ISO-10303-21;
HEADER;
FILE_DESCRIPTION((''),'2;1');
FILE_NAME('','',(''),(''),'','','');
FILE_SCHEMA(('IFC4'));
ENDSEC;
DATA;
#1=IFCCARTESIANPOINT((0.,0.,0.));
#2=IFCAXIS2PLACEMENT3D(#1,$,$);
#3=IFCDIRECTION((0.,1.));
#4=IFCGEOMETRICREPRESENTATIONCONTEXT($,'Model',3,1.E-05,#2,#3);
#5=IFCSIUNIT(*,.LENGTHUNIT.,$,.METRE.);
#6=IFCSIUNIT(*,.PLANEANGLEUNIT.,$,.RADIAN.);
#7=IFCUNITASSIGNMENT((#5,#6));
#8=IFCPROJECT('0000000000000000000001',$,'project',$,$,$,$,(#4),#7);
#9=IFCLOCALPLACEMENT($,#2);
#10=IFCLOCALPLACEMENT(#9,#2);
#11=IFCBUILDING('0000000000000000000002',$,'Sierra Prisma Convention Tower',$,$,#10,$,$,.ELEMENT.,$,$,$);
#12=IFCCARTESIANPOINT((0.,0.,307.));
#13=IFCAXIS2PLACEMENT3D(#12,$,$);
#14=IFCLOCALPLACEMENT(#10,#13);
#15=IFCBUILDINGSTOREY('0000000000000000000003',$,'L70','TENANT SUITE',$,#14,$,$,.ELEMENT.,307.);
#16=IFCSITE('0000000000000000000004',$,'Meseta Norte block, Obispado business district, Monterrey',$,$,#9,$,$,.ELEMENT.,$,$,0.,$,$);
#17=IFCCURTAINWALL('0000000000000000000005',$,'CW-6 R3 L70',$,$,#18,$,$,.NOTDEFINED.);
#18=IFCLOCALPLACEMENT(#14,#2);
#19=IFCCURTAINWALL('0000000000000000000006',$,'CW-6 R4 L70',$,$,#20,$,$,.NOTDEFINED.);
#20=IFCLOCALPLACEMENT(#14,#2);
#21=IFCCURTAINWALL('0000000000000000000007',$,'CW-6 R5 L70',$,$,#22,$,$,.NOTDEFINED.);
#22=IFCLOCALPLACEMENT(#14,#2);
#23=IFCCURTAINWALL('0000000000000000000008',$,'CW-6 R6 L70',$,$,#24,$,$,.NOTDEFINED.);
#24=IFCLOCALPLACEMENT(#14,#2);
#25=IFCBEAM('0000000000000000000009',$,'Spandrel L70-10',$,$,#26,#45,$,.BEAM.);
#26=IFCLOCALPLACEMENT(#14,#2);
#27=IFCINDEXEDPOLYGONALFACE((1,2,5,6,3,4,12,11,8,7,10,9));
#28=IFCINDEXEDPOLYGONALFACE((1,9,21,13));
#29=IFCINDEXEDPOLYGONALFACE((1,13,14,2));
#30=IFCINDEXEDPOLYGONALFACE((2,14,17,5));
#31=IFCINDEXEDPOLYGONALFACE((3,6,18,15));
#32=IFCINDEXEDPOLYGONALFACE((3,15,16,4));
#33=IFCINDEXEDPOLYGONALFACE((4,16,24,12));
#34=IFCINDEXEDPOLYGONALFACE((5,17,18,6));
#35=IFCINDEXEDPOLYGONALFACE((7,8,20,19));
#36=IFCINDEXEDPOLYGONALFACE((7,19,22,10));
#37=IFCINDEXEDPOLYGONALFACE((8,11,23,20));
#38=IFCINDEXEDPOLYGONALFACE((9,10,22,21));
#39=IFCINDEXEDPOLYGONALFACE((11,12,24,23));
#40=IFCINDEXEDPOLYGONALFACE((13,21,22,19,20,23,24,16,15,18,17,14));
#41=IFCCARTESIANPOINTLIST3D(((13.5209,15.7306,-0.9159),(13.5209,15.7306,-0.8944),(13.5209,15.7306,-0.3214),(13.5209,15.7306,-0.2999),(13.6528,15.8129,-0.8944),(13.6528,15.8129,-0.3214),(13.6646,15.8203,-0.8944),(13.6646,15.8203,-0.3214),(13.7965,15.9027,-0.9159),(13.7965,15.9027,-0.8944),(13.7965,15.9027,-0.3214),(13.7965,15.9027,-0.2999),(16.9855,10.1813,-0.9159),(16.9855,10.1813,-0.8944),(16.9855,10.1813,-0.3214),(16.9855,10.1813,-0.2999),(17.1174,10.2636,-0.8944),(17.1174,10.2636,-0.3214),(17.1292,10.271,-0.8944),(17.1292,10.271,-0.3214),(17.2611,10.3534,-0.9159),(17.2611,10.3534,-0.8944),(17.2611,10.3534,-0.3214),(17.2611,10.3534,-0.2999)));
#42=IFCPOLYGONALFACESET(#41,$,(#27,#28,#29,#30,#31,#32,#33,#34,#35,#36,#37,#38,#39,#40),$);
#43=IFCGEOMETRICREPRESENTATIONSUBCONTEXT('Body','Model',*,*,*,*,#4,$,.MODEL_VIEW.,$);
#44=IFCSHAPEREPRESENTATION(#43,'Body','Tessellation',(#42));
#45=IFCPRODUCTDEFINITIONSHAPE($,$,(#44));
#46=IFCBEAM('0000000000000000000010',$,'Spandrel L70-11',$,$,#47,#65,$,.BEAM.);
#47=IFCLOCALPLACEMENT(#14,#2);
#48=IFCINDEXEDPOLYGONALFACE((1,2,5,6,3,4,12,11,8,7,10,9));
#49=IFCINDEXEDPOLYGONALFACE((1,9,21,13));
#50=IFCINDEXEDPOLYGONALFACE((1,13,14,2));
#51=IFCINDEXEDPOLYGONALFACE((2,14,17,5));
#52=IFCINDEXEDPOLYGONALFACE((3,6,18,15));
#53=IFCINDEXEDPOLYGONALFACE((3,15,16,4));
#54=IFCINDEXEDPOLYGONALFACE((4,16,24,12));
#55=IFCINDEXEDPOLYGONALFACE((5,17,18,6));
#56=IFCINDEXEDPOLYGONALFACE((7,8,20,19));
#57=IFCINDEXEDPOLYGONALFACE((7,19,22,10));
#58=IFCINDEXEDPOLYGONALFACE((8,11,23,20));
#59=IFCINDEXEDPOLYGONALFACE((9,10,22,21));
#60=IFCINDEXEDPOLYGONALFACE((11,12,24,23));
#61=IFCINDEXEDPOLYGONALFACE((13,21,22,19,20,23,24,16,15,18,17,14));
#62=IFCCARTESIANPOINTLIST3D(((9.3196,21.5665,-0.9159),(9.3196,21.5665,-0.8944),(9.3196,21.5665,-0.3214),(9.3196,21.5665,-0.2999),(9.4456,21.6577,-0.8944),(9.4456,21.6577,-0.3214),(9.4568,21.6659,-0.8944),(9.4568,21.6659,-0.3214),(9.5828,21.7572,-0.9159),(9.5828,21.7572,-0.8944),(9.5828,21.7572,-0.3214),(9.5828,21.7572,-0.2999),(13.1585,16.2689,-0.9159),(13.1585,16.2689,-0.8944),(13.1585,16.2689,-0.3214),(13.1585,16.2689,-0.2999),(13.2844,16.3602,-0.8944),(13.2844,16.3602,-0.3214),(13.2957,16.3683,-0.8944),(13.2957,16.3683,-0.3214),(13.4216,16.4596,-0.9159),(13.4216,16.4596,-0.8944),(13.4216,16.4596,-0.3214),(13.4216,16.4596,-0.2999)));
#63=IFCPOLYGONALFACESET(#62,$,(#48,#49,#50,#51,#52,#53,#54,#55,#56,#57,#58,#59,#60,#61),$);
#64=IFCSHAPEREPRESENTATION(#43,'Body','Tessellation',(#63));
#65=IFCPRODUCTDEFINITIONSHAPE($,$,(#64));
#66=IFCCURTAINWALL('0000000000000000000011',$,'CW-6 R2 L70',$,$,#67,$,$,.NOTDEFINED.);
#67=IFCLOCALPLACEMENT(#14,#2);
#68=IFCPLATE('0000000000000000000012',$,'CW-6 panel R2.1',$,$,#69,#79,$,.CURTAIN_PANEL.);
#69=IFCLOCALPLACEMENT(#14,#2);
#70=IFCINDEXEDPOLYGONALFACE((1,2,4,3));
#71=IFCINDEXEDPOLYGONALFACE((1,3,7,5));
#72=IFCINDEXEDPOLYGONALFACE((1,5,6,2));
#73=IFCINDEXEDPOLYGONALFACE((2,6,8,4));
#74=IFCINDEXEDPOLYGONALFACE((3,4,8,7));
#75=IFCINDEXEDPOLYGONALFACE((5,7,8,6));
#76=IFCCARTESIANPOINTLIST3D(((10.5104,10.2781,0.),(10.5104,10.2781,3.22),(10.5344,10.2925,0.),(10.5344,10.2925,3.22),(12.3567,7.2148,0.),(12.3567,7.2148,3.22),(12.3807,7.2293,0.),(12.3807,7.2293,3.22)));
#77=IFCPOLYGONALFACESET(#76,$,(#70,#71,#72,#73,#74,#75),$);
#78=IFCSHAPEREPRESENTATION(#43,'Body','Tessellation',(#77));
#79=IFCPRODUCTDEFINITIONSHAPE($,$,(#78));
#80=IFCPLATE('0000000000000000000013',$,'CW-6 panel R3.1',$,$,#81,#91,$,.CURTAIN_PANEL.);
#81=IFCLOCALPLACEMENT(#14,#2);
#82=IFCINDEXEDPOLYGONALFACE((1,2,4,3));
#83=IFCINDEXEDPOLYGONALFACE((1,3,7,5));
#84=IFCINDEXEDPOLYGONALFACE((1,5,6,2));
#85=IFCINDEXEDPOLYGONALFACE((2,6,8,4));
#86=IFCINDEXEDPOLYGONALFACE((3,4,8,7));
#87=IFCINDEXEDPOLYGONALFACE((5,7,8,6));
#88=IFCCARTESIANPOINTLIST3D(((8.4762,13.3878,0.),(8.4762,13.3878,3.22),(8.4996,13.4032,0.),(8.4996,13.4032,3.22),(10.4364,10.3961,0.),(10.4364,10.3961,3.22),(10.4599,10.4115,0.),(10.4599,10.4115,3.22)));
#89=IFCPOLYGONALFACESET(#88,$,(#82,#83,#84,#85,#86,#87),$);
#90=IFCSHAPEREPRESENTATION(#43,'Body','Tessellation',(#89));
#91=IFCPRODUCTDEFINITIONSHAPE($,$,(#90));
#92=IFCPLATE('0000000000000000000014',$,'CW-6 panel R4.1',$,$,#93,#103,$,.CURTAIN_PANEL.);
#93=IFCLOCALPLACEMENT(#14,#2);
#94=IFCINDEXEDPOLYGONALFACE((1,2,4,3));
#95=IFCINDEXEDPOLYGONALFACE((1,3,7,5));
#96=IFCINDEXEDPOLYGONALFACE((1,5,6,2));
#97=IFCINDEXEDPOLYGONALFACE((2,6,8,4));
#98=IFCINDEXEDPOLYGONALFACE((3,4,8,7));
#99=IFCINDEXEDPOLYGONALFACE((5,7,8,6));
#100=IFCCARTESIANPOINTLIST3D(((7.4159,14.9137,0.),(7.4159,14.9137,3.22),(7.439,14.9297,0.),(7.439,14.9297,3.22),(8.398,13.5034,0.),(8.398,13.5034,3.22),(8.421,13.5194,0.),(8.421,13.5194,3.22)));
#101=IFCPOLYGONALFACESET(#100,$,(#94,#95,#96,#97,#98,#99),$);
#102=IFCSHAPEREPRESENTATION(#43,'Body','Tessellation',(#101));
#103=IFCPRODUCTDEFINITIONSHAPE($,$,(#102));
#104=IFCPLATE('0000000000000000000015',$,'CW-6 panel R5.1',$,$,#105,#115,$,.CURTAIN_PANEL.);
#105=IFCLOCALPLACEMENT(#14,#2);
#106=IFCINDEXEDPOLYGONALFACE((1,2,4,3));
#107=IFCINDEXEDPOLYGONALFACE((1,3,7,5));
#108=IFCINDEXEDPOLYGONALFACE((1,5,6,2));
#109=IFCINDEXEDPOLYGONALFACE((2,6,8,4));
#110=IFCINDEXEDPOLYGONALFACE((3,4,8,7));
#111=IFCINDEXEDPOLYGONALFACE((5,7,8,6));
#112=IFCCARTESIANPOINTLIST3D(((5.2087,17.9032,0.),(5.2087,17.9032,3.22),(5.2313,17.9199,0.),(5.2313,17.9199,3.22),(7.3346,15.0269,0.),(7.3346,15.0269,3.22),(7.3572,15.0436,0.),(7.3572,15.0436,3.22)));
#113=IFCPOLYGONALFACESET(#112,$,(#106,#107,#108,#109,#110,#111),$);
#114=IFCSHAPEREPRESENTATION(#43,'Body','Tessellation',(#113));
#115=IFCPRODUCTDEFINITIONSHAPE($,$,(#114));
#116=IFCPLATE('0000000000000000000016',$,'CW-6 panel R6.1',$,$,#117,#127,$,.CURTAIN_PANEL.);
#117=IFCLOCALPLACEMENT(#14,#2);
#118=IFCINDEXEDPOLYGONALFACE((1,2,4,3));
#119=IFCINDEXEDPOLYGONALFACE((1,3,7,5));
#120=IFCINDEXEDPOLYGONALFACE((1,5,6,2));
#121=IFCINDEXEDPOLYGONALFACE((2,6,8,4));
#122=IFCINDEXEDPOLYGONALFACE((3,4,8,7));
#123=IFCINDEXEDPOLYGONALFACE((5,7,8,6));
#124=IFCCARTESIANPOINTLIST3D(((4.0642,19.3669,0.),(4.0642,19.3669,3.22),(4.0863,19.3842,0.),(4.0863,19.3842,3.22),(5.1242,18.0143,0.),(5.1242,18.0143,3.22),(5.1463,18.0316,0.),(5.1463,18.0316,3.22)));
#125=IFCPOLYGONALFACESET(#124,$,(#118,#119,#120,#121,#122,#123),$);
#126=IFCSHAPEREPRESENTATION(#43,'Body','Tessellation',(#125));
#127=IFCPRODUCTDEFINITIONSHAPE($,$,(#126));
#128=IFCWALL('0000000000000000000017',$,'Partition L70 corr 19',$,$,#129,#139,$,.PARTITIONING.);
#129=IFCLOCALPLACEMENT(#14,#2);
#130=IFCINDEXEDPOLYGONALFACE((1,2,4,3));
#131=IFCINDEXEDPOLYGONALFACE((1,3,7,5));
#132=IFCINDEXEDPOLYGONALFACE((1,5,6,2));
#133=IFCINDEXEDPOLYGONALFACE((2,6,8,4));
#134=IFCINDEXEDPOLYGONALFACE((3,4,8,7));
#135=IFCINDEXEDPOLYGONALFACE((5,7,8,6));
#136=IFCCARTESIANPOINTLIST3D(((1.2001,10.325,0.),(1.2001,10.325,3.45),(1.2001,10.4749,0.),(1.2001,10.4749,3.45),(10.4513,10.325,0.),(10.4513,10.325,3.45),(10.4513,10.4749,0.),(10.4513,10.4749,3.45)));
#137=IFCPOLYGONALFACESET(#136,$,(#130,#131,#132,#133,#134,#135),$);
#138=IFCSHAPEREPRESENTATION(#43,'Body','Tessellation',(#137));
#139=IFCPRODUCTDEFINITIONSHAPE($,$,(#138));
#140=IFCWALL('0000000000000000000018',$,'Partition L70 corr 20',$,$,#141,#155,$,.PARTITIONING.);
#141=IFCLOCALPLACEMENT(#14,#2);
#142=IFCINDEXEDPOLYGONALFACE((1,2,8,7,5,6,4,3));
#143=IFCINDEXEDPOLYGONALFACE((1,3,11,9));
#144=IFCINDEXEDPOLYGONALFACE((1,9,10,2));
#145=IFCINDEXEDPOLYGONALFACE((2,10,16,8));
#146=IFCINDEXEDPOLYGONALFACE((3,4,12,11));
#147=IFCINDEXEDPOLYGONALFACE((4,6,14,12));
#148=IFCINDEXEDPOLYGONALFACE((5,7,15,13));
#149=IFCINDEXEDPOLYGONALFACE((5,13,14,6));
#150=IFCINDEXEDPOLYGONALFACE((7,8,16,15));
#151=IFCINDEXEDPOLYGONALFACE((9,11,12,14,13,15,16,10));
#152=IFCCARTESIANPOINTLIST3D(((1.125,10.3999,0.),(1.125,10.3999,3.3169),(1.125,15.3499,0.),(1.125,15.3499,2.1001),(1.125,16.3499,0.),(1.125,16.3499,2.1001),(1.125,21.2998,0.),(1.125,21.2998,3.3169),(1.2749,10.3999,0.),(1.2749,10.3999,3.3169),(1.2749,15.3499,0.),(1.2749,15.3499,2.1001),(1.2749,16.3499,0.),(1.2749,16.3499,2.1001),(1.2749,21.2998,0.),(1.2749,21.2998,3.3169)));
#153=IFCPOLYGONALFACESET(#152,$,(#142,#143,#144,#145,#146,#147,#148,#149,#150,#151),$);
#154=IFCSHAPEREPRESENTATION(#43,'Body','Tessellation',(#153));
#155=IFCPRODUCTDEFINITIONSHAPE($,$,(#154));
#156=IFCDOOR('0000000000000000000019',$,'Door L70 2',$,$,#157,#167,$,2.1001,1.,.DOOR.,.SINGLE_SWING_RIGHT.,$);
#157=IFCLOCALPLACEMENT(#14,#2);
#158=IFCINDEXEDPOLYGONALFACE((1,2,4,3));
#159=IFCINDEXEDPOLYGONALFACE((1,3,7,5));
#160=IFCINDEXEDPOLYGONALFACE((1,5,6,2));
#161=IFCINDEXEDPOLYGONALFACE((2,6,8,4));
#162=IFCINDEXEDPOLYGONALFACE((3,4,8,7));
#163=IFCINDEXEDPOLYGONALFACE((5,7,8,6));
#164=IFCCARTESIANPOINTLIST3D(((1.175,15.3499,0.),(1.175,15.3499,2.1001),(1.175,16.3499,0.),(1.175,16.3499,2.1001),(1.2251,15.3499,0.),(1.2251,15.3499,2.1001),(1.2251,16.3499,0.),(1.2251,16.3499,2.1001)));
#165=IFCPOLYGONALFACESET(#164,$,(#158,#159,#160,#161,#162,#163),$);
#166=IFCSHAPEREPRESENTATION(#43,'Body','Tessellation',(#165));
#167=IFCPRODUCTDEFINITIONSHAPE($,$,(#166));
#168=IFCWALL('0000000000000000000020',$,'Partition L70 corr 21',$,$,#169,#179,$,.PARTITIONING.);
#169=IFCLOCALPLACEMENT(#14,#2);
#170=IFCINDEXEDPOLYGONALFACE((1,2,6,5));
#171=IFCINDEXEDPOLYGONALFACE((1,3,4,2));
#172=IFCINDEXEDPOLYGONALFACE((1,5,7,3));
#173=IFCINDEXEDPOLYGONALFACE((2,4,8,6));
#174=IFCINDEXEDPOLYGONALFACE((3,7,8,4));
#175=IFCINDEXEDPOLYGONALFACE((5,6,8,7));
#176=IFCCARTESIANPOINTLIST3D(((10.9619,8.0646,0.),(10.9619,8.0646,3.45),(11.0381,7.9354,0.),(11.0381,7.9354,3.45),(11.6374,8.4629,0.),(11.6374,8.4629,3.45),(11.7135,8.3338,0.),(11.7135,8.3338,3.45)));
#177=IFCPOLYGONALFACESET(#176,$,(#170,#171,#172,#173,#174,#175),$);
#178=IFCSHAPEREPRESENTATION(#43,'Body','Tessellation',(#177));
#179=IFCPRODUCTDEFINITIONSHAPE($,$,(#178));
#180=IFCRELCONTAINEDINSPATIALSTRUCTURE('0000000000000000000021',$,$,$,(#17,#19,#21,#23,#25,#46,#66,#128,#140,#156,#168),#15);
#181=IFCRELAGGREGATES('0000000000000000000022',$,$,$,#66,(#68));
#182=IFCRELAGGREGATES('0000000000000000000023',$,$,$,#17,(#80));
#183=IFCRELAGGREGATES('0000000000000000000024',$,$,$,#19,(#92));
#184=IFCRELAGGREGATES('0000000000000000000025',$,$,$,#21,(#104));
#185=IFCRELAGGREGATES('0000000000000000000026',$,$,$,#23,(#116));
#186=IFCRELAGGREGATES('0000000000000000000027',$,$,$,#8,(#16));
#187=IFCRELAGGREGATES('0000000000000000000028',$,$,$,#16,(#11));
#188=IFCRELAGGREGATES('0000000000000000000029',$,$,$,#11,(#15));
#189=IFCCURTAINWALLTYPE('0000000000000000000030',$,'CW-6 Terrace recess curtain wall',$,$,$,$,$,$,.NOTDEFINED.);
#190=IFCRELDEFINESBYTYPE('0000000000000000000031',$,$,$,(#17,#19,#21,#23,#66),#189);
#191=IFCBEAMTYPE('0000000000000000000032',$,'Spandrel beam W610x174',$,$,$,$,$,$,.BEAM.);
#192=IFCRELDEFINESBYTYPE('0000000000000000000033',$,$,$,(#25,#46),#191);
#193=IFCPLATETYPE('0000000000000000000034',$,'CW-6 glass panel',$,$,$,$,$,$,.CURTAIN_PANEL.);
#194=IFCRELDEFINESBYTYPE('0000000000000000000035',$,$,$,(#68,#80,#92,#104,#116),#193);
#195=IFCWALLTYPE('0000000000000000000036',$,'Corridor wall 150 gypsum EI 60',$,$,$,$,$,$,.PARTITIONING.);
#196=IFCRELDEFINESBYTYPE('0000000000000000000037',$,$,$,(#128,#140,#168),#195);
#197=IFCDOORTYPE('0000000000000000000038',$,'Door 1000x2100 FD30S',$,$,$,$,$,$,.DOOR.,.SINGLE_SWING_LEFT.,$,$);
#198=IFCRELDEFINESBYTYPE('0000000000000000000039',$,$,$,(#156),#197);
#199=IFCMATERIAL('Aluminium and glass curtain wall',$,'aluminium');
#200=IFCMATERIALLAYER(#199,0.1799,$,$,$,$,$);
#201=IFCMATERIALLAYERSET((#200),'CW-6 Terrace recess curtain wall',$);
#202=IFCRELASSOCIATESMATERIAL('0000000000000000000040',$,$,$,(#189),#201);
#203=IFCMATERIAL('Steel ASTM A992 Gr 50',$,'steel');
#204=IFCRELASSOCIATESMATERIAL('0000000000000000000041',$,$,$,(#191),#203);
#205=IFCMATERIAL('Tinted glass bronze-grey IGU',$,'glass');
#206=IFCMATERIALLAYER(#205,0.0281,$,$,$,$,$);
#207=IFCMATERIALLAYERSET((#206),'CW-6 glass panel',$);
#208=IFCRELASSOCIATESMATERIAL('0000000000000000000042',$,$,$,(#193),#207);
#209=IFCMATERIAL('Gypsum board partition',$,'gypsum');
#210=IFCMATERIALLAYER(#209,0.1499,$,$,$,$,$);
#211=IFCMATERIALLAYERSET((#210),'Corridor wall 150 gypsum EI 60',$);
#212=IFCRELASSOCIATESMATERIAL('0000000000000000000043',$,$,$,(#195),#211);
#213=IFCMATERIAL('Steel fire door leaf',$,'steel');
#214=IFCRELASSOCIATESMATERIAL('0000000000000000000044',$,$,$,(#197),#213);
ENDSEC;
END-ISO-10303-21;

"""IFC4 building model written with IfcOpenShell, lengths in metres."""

from ifc_helpers import new_model, si_unit, direction, frame, frame_2d, origin, origin_2d, place, context, subcontext, project, spatial, rectangle, i_section, extrude, material, layer, layer_set, material_profile, profile_set, type_object, element, fill, aggregate, save


model = new_model("IFC4")

# Units and contexts
model_context = context("Model", 3, precision=1e-05, world=origin(), true_north=direction((0.0, 1.0)))
body_context = subcontext(model_context, "Body", "Model", "MODEL_VIEW")
ifc_project = project(units=[si_unit("LENGTHUNIT", "METRE"), si_unit("PLANEANGLEUNIT", "RADIAN")], contexts=[model_context])

# Site, building, storey
site_placement = place(None, origin())
site = spatial("IfcSite", under=ifc_project, at=site_placement, Name="Meseta Norte block, Obispado business district, Monterrey", CompositionType="ELEMENT", RefElevation=0.0)
building_placement = place(site_placement, origin())
building = spatial("IfcBuilding", under=site, at=building_placement, Name="Sierra Prisma Convention Tower", CompositionType="ELEMENT")
storey_placement = place(building_placement, frame((0.0, 0.0, 307.0)))
storey = spatial("IfcBuildingStorey", under=building, at=storey_placement, Name="L70", Description="TENANT SUITE", CompositionType="ELEMENT", Elevation=307.0)

# Curtain walls
ifc_material_1 = material(Name="Aluminium and glass curtain wall", Category="aluminium")
ifc_layer_1 = layer(ifc_material_1, 0.1799)
ifc_layer_set_1 = layer_set([ifc_layer_1], Name="CW-6 Terrace recess curtain wall")
curtain_wall_type = type_object("IfcCurtainWallType", Name="CW-6 Terrace recess curtain wall", PredefinedType="NOTDEFINED", material=ifc_layer_set_1)
curtain_wall_1_placement = place(storey_placement, origin())
curtain_wall_1 = element("IfcCurtainWall", 1, at=curtain_wall_1_placement, inside=storey, type_object=curtain_wall_type, Name="CW-6 R3 L70", PredefinedType="NOTDEFINED")
curtain_wall_2_placement = place(storey_placement, origin())
curtain_wall_2 = element("IfcCurtainWall", 2, at=curtain_wall_2_placement, inside=storey, type_object=curtain_wall_type, Name="CW-6 R4 L70", PredefinedType="NOTDEFINED")
curtain_wall_3_placement = place(storey_placement, origin())
curtain_wall_3 = element("IfcCurtainWall", 3, at=curtain_wall_3_placement, inside=storey, type_object=curtain_wall_type, Name="CW-6 R5 L70", PredefinedType="NOTDEFINED")
curtain_wall_4_placement = place(storey_placement, origin())
curtain_wall_4 = element("IfcCurtainWall", 4, at=curtain_wall_4_placement, inside=storey, type_object=curtain_wall_type, Name="CW-6 R6 L70", PredefinedType="NOTDEFINED")

# Beams
ifc_material_2 = material(Name="Steel ASTM A992 Gr 50", Category="steel")
ifc_material_profile_1 = material_profile(ifc_material_2, i_section(OverallWidth=0.325, OverallDepth=0.616, WebThickness=0.0139, FlangeThickness=0.0215, at=origin_2d()), Name="W610x174")
ifc_profile_set_1 = profile_set([ifc_material_profile_1], Name="Steel ASTM A992 Gr 50")
beam_type_1 = type_object("IfcBeamType", Name="Spandrel beam W610x174", PredefinedType="BEAM", material=ifc_profile_set_1)
beam_1_placement = place(storey_placement, frame((17.1233, 10.2673, -0.6079), z_axis=(-0.52959, 0.848254, 0.0), x_axis=(-0.848254, -0.52959, 0.0)))
element("IfcBeam", 5, at=beam_1_placement, inside=storey, type_object=beam_type_1, Name="Spandrel L70-10", PredefinedType="BEAM", context=body_context, shape_type="SweptSolid", body=[
    extrude(i_section(OverallWidth=0.325, OverallDepth=0.616, WebThickness=0.0139, FlangeThickness=0.0215, at=origin_2d()), origin(), (0.0, 0.0, 1.0), 6.542),
])
beam_2_placement = place(storey_placement, frame((13.29, 16.3643, -0.6079), z_axis=(-0.586777, 0.809748, 0.0), x_axis=(-0.809748, -0.586777, 0.0)))
element("IfcBeam", 6, at=beam_2_placement, inside=storey, type_object=beam_type_1, Name="Spandrel L70-11", PredefinedType="BEAM", context=body_context, shape_type="SweptSolid", body=[
    extrude(i_section(OverallWidth=0.325, OverallDepth=0.616, WebThickness=0.0139, FlangeThickness=0.0215, at=origin_2d()), origin(), (0.0, 0.0, 1.0), 6.5422),
])

# Curtain wall, plate
curtain_wall_5_placement = place(storey_placement, origin())
curtain_wall_5 = element("IfcCurtainWall", 7, at=curtain_wall_5_placement, inside=storey, type_object=curtain_wall_type, Name="CW-6 R2 L70", PredefinedType="NOTDEFINED")
ifc_material_3 = material(Name="Tinted glass bronze-grey IGU", Category="glass")
ifc_layer_2 = layer(ifc_material_3, 0.0281)
ifc_layer_set_2 = layer_set([ifc_layer_2], Name="CW-6 glass panel")
plate_type = type_object("IfcPlateType", Name="CW-6 glass panel", PredefinedType="CURTAIN_PANEL", material=ifc_layer_set_2)
plate_1_placement = place(storey_placement, frame((11.4456, 8.7537, 0.0), z_axis=(0.0, 0.0, 1.0), x_axis=(-0.516206, 0.856464, 0.0)))
plate_1 = element("IfcPlate", 8, at=plate_1_placement, type_object=plate_type, Name="CW-6 panel R2.1", PredefinedType="CURTAIN_PANEL", context=body_context, shape_type="SweptSolid", body=[
    extrude(rectangle(XDim=3.5767, YDim=0.0281, at=origin_2d()), origin(), (0.0, 0.0, 1.0), 3.22),
])
aggregate(curtain_wall_5, [plate_1])

# Plates
plate_2_placement = place(storey_placement, frame((9.468, 11.8997, 0.0), z_axis=(0.0, 0.0, 1.0), x_axis=(-0.548065, 0.836436, 0.0)))
plate_2 = element("IfcPlate", 9, at=plate_2_placement, type_object=plate_type, Name="CW-6 panel R3.1", PredefinedType="CURTAIN_PANEL", context=body_context, shape_type="SweptSolid", body=[
    extrude(rectangle(XDim=3.5767, YDim=0.0281, at=origin_2d()), origin(), (0.0, 0.0, 1.0), 3.22),
])
aggregate(curtain_wall_1, [plate_2])
plate_3_placement = place(storey_placement, frame((7.9185, 14.2166, 0.0), z_axis=(0.0, 0.0, 1.0), x_axis=(-0.571452, 0.820635, 0.0)))
plate_3 = element("IfcPlate", 10, at=plate_3_placement, type_object=plate_type, Name="CW-6 panel R4.1", PredefinedType="CURTAIN_PANEL", context=body_context, shape_type="SweptSolid", body=[
    extrude(rectangle(XDim=1.7185, YDim=0.0281, at=origin_2d()), origin(), (0.0, 0.0, 1.0), 3.22),
])
aggregate(curtain_wall_2, [plate_3])
plate_4_placement = place(storey_placement, frame((6.283, 16.4734, 0.0), z_axis=(0.0, 0.0, 1.0), x_axis=(-0.594384, 0.804181, 0.0)))
plate_4 = element("IfcPlate", 11, at=plate_4_placement, type_object=plate_type, Name="CW-6 panel R5.1", PredefinedType="CURTAIN_PANEL", context=body_context, shape_type="SweptSolid", body=[
    extrude(rectangle(XDim=3.5767, YDim=0.0281, at=origin_2d()), origin(), (0.0, 0.0, 1.0), 3.22),
])
aggregate(curtain_wall_3, [plate_4])
plate_5_placement = place(storey_placement, frame((4.6052, 18.6992, 0.0), z_axis=(0.0, 0.0, 1.0), x_axis=(-0.616842, 0.787087, 0.0)))
plate_5 = element("IfcPlate", 12, at=plate_5_placement, type_object=plate_type, Name="CW-6 panel R6.1", PredefinedType="CURTAIN_PANEL", context=body_context, shape_type="SweptSolid", body=[
    extrude(rectangle(XDim=1.7185, YDim=0.0281, at=origin_2d()), origin(), (0.0, 0.0, 1.0), 3.22),
])
aggregate(curtain_wall_4, [plate_5])

# Wall
ifc_material_4 = material(Name="Gypsum board partition", Category="gypsum")
ifc_layer_3 = layer(ifc_material_4, 0.1499)
ifc_layer_set_3 = layer_set([ifc_layer_3], Name="Corridor wall 150 gypsum EI 60")
wall_type_1 = type_object("IfcWallType", Name="Corridor wall 150 gypsum EI 60", PredefinedType="PARTITIONING", material=ifc_layer_set_3)
wall_1_placement = place(storey_placement, frame((10.4512, 10.3999, 0.0), z_axis=(0.0, 0.0, 1.0), x_axis=(-1.0, 0.0, 0.0)))
element("IfcWall", 13, at=wall_1_placement, inside=storey, type_object=wall_type_1, Name="Partition L70 corr 19", PredefinedType="PARTITIONING", context=body_context, shape_type="SweptSolid", body=[
    extrude(rectangle(XDim=9.2512, YDim=0.1499, at=frame_2d((4.6255, 0.0))), origin(), (0.0, 0.0, 1.0), 3.45),
])

# Wall, opening, door
wall_2_placement = place(storey_placement, frame((1.2, 10.3999, 0.0), z_axis=(0.0, 0.0, 1.0), x_axis=(0.0, 1.0, 0.0)))
wall_2 = element("IfcWall", 14, at=wall_2_placement, inside=storey, type_object=wall_type_1, Name="Partition L70 corr 20", PredefinedType="PARTITIONING", context=body_context, shape_type="SweptSolid", body=[
    extrude(rectangle(XDim=10.8999, YDim=0.1499, at=frame_2d((5.45, 0.0))), origin(), (0.0, 0.0, 1.0), 3.3169),
])
opening_1_placement = place(wall_2_placement, frame((4.95, 0.0, 0.0)))
opening_1 = element("IfcOpeningElement", 15, at=opening_1_placement, cuts=wall_2, PredefinedType="OPENING", context=body_context, shape_type="SweptSolid", body=[
    extrude(rectangle(XDim=1.0, YDim=2.1001, at=frame_2d((0.5, 1.05))), frame((0.0, 0.075, 0.0), z_axis=(0.0, -1.0, 0.0), x_axis=(1.0, 0.0, 0.0)), (0.0, 0.0, 1.0), 0.1499),
])
ifc_material_5 = material(Name="Steel fire door leaf", Category="steel")
door_type_1 = type_object("IfcDoorType", Name="Door 1000x2100 FD30S", OperationType="SINGLE_SWING_LEFT", PredefinedType="DOOR", material=ifc_material_5)
door_1_placement = place(opening_1_placement, origin())
door_1 = element("IfcDoor", 16, at=door_1_placement, inside=storey, type_object=door_type_1, Name="Door L70 2", OperationType="SINGLE_SWING_RIGHT", OverallHeight=2.1001, OverallWidth=1.0, PredefinedType="DOOR", context=body_context, shape_type="SweptSolid", body=[
    extrude(rectangle(XDim=1.0, YDim=2.1001, at=frame_2d((0.5, 1.05))), frame((0.0, 0.0249, 0.0), z_axis=(0.0, -1.0, 0.0), x_axis=(1.0, 0.0, 0.0)), (0.0, 0.0, 1.0), 0.05),
])
fill(opening_1, door_1)

# Wall
wall_3_placement = place(storey_placement, frame((11.0, 8.0, 0.0), z_axis=(0.0, 0.0, 1.0), x_axis=(0.861341, 0.508026, 0.0)))
element("IfcWall", 17, at=wall_3_placement, inside=storey, type_object=wall_type_1, Name="Partition L70 corr 21", PredefinedType="PARTITIONING", context=body_context, shape_type="SweptSolid", body=[
    extrude(rectangle(XDim=0.7842, YDim=0.1499, at=frame_2d((0.3921, 0.0))), origin(), (0.0, 0.0, 1.0), 3.45),
])

save(model, "model.ifc")
